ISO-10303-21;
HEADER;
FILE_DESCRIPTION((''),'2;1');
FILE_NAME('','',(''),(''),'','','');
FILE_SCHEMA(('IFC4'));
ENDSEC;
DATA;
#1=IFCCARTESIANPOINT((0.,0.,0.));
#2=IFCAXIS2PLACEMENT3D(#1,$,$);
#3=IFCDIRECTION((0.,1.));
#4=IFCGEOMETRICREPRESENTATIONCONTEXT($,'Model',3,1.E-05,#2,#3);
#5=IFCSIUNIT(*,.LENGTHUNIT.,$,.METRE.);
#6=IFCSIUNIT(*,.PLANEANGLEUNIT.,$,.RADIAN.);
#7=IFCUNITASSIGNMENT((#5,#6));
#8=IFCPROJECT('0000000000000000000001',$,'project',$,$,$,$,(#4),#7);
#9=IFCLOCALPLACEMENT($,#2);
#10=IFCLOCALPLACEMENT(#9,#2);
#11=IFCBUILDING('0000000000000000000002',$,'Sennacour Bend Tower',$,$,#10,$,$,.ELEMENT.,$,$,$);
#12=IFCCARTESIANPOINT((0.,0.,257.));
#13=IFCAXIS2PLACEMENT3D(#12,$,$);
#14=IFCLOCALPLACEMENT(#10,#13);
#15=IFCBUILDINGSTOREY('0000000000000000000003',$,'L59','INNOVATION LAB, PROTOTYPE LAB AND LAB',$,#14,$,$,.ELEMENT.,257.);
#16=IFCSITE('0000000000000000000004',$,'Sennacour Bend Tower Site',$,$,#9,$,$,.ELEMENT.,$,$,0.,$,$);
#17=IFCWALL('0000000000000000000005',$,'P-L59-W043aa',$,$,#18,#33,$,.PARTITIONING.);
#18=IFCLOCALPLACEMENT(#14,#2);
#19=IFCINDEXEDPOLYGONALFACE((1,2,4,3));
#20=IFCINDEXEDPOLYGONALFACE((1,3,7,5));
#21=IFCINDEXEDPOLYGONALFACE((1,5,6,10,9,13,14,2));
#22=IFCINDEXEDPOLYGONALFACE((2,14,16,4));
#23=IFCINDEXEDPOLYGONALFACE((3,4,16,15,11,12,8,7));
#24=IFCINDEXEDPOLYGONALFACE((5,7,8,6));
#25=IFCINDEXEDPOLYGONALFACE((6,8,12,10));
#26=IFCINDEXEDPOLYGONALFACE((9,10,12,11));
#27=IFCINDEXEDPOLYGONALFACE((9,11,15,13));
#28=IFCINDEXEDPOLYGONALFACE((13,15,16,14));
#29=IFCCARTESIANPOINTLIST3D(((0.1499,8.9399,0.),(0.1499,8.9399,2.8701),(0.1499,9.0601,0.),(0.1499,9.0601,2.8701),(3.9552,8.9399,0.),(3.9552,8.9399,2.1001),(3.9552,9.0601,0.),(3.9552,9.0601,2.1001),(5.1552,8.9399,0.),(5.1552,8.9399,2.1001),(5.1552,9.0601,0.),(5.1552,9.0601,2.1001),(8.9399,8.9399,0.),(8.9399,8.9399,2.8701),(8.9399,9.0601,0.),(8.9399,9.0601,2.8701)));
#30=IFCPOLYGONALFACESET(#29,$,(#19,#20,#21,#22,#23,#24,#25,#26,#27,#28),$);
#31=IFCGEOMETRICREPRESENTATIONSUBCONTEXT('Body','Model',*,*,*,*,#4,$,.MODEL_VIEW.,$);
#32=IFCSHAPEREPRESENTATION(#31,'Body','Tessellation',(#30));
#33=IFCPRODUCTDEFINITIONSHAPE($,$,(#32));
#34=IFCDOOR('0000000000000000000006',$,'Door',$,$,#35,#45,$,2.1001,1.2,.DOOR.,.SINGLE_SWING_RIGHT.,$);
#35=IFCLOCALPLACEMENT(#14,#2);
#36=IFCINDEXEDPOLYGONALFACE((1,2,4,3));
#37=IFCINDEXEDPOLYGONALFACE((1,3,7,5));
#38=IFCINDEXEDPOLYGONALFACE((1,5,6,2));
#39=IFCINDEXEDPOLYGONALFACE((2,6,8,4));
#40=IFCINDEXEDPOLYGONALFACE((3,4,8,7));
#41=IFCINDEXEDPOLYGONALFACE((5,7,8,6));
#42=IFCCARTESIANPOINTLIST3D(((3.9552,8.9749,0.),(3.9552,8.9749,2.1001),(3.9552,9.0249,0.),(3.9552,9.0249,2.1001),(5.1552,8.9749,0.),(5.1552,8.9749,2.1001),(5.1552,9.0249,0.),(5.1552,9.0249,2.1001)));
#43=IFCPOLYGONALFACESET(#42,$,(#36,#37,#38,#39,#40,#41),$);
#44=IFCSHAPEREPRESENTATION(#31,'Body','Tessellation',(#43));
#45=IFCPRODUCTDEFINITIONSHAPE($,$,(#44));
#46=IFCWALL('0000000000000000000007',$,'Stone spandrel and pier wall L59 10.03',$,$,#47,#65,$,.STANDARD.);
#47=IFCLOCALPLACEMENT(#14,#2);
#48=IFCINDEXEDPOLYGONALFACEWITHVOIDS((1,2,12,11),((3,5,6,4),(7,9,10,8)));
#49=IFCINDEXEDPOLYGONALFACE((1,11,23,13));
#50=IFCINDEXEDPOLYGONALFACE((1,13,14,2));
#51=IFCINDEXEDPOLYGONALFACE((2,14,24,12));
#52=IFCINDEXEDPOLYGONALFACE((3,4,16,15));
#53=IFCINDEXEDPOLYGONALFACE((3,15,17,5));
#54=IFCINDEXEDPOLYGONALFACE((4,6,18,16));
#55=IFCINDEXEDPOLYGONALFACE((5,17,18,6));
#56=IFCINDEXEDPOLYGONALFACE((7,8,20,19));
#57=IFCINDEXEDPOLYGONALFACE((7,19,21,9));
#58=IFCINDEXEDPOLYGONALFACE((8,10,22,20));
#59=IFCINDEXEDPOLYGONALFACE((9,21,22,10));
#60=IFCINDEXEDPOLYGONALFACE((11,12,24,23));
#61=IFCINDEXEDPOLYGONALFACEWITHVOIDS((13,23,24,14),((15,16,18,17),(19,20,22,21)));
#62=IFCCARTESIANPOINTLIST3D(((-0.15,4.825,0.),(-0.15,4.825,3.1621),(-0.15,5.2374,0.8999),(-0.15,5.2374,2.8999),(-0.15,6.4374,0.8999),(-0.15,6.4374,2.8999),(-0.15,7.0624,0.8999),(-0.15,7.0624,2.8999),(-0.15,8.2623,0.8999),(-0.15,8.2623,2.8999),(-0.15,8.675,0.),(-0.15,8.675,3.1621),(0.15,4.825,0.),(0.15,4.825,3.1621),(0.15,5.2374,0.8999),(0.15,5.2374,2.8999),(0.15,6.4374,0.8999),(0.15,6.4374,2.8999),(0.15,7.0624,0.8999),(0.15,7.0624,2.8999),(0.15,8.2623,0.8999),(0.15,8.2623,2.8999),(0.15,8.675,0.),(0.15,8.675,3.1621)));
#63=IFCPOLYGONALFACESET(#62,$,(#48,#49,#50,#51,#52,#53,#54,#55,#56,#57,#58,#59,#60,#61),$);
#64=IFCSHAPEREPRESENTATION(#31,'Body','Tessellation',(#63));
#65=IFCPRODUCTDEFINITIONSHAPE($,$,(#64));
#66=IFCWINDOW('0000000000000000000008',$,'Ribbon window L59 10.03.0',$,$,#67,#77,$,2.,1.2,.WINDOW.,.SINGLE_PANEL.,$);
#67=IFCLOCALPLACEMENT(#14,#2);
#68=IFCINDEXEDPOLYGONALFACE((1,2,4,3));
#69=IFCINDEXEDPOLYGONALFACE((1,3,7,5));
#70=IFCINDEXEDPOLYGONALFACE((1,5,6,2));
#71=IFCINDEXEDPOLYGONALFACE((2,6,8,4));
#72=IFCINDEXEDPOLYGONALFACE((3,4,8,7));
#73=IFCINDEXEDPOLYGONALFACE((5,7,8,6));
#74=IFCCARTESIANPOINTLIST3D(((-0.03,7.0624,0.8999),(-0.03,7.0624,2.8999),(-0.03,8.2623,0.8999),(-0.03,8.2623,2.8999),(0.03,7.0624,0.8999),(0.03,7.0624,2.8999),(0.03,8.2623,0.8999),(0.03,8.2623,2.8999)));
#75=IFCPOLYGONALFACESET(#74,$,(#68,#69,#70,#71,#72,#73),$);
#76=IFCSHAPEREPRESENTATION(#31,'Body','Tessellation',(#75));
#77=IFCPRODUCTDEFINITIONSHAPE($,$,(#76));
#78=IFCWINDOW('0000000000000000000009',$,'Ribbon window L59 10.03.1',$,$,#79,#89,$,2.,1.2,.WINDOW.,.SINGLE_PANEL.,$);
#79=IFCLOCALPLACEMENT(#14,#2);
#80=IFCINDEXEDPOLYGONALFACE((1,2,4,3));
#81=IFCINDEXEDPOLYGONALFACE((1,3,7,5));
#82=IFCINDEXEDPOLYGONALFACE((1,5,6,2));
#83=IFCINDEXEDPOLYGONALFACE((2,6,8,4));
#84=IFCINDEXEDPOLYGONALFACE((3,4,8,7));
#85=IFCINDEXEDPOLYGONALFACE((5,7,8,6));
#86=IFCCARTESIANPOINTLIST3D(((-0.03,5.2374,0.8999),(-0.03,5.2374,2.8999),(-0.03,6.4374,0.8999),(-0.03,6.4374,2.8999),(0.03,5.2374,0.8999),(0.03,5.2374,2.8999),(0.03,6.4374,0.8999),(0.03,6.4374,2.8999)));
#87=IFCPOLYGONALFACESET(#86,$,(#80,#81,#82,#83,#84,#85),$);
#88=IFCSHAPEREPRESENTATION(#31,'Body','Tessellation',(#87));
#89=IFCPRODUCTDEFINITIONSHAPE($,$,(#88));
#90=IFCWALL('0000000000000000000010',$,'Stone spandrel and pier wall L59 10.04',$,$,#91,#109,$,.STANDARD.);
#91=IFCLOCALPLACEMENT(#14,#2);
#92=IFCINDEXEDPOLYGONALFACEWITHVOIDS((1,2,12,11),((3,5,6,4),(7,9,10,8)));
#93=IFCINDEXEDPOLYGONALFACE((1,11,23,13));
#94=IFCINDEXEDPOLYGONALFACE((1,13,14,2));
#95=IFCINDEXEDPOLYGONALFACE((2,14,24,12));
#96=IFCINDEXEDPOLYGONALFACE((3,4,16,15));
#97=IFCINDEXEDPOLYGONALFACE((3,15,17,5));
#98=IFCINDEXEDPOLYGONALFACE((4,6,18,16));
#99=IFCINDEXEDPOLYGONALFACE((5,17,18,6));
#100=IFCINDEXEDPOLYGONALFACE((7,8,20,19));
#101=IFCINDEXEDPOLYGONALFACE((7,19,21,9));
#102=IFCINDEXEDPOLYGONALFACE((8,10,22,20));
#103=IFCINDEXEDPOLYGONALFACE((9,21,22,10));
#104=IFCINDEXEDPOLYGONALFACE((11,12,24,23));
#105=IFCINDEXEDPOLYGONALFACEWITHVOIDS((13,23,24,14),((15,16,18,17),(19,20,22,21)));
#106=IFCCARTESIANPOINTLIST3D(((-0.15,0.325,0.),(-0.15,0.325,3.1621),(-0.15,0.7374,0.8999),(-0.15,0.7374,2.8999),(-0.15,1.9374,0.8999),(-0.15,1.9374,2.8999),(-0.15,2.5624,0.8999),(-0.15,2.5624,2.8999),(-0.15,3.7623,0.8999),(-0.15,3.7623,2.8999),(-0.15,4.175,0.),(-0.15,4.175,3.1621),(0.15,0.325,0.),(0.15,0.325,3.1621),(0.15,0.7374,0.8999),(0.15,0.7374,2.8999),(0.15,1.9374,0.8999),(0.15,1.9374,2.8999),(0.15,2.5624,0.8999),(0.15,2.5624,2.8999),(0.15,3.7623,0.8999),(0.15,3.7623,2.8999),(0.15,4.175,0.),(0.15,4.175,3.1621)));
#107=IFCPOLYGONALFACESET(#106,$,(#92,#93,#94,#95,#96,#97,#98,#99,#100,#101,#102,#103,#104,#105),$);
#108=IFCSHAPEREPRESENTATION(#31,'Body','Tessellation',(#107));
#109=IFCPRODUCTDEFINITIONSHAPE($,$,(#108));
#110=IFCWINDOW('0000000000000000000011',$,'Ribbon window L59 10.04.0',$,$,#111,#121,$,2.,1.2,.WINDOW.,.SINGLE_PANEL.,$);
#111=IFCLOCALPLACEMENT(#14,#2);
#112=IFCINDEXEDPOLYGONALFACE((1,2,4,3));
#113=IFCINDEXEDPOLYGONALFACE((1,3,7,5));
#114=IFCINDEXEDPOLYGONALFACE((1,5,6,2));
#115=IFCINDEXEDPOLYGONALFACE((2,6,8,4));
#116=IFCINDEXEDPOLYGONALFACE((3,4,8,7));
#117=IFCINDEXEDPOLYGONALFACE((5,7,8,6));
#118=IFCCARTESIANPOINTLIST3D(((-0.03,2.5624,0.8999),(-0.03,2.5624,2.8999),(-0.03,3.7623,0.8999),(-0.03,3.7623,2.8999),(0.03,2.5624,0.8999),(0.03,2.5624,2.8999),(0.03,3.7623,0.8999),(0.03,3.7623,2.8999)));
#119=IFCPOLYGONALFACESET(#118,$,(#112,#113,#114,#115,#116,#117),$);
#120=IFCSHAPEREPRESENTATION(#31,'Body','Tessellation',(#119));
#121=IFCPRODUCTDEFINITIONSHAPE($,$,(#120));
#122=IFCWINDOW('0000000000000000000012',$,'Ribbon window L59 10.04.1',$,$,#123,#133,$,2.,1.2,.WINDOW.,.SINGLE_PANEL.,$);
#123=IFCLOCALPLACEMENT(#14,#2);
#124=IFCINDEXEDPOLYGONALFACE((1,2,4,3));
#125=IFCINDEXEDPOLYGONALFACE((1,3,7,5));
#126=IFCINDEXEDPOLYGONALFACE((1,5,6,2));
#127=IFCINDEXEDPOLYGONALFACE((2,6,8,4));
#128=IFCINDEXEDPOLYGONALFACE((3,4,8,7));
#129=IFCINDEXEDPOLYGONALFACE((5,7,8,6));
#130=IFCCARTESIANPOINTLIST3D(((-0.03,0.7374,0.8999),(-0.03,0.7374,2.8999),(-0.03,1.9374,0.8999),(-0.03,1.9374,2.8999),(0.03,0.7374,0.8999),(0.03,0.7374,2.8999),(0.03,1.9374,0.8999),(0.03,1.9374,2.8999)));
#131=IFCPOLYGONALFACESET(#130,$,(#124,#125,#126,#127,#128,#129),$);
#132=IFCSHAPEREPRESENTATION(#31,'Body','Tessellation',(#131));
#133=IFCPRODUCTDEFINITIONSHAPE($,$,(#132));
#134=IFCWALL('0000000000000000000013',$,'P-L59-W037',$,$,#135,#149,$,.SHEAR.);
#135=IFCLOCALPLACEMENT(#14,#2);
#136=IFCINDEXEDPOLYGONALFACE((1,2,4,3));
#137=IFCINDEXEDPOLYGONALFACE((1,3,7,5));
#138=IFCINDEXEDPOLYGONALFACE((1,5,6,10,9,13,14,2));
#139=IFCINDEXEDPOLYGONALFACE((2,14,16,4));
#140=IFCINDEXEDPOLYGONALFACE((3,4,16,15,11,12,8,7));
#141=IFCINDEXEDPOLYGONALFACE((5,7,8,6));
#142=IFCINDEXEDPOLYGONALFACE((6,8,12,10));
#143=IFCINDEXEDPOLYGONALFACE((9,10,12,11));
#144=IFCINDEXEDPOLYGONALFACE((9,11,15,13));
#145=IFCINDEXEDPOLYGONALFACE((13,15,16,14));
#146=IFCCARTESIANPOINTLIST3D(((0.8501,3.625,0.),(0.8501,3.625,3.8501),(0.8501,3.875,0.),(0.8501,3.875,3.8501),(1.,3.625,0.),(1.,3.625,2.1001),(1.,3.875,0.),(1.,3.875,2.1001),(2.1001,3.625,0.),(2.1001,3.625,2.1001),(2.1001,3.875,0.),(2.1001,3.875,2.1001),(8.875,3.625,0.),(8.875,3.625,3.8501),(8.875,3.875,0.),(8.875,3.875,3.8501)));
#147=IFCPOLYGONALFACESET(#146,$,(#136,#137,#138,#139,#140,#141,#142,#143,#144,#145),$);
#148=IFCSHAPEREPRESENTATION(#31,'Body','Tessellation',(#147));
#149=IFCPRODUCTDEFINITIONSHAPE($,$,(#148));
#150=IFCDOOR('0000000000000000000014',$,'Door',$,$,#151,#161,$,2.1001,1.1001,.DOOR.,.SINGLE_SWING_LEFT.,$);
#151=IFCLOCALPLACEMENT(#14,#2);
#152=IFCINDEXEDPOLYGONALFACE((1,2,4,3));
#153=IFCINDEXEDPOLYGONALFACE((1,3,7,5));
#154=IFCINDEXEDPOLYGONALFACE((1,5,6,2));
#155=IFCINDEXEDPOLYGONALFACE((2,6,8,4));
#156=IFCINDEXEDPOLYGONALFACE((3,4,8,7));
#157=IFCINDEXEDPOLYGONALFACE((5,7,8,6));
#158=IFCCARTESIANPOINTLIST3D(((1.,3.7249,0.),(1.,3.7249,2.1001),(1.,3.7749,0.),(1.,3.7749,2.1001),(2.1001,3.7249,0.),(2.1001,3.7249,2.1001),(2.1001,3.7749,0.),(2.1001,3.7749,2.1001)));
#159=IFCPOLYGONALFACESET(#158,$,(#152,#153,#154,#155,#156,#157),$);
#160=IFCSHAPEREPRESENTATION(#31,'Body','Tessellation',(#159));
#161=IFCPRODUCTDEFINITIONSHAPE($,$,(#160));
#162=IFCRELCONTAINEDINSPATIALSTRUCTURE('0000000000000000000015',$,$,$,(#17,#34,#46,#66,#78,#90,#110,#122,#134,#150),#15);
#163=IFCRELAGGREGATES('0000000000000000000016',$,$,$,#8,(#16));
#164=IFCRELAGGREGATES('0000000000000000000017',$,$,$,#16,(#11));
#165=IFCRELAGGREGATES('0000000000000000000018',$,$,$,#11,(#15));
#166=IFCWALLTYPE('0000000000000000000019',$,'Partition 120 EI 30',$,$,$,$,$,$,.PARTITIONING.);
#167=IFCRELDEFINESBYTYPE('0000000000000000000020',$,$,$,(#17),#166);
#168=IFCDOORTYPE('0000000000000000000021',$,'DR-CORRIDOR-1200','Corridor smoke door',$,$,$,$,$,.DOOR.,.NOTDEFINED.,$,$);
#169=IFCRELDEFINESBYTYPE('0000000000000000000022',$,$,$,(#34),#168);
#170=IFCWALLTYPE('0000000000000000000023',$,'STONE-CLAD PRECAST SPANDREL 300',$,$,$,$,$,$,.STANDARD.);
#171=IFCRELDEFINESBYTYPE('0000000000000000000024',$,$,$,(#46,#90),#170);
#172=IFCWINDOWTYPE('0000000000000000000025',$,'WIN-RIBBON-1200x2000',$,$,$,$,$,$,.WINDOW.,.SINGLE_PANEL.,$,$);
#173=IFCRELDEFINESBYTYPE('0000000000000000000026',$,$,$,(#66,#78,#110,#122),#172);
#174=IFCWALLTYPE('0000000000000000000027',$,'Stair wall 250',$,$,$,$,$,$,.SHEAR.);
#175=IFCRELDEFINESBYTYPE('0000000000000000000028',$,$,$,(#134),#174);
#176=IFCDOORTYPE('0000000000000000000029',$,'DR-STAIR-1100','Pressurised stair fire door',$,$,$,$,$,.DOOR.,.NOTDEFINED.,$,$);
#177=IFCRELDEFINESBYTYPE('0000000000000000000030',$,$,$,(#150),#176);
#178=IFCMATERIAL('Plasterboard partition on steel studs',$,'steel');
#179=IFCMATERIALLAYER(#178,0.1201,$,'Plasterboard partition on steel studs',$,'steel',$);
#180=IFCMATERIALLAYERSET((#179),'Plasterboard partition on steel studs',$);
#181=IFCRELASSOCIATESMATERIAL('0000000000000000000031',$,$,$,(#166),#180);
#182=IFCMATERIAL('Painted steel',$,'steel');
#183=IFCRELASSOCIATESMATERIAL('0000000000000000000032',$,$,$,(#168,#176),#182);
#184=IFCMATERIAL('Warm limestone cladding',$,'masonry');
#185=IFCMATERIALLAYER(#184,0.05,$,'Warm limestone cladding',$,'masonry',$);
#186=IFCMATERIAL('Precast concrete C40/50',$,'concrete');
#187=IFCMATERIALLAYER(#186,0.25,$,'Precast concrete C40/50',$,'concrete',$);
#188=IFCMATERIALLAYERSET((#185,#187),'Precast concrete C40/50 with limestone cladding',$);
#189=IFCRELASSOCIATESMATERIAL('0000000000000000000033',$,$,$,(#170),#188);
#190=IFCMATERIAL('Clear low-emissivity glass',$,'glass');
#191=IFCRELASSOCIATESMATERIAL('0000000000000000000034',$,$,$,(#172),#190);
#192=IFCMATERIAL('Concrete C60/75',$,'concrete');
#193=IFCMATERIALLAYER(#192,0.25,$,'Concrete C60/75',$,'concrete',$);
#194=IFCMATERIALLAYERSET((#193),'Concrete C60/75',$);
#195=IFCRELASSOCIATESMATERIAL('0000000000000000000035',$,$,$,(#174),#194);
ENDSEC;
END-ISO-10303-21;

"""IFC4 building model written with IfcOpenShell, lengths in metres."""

from ifc_helpers import new_model, si_unit, direction, frame, frame_2d, origin, place, context, subcontext, project, spatial, rectangle, extrude, material, layer, layer_set, type_object, element, fill, save


model = new_model("IFC4")

# Units and contexts
model_context = context("Model", 3, precision=1e-05, world=origin(), true_north=direction((0.0, 1.0)))
body_context = subcontext(model_context, "Body", "Model", "MODEL_VIEW")
ifc_project = project(units=[si_unit("LENGTHUNIT", "METRE"), si_unit("PLANEANGLEUNIT", "RADIAN")], contexts=[model_context])

# Site, building, storey
site_placement = place(None, origin())
site = spatial("IfcSite", under=ifc_project, at=site_placement, Name="Sennacour Bend Tower Site", CompositionType="ELEMENT", RefElevation=0.0)
building_placement = place(site_placement, origin())
building = spatial("IfcBuilding", under=site, at=building_placement, Name="Sennacour Bend Tower", CompositionType="ELEMENT")
storey_placement = place(building_placement, frame((0.0, 0.0, 257.0)))
storey = spatial("IfcBuildingStorey", under=building, at=storey_placement, Name="L59", Description="INNOVATION LAB, PROTOTYPE LAB AND LAB", CompositionType="ELEMENT", Elevation=257.0)

# Shared definitions
ifc_material_1 = material(Name="Plasterboard partition on steel studs", Category="steel")

# Wall, opening, door
ifc_layer_1 = layer(ifc_material_1, 0.1201, Name="Plasterboard partition on steel studs", Category="steel")
ifc_layer_set_1 = layer_set([ifc_layer_1], Name="Plasterboard partition on steel studs")
wall_type_1 = type_object("IfcWallType", Name="Partition 120 EI 30", PredefinedType="PARTITIONING", material=ifc_layer_set_1)
wall_1_placement = place(storey_placement, frame((0.1499, 9.0, 0.0), z_axis=(0.0, 0.0, 1.0), x_axis=(1.0, 0.0, 0.0)))
wall_1 = element("IfcWall", 1, at=wall_1_placement, inside=storey, type_object=wall_type_1, Name="P-L59-W043aa", PredefinedType="PARTITIONING", context=body_context, shape_type="SweptSolid", body=[
    extrude(rectangle(XDim=8.79, YDim=0.1201, at=frame_2d((4.395, 0.0))), origin(), (0.0, 0.0, 1.0), 2.8701),
])
opening_1_placement = place(wall_1_placement, frame((3.8052, 0.0, 0.0)))
opening_1 = element("IfcOpeningElement", 2, at=opening_1_placement, cuts=wall_1, PredefinedType="OPENING", context=body_context, shape_type="SweptSolid", body=[
    extrude(rectangle(XDim=1.2, YDim=2.1001, at=frame_2d((0.6001, 1.05))), frame((0.0, 0.0701, 0.0), z_axis=(0.0, -1.0, 0.0), x_axis=(1.0, 0.0, 0.0)), (0.0, 0.0, 1.0), 0.1401),
])
ifc_material_2 = material(Name="Painted steel", Category="steel")
door_type_1 = type_object("IfcDoorType", Name="DR-CORRIDOR-1200", Description="Corridor smoke door", OperationType="NOTDEFINED", PredefinedType="DOOR", material=ifc_material_2)
door_1_placement = place(opening_1_placement, origin())
door_1 = element("IfcDoor", 3, at=door_1_placement, inside=storey, type_object=door_type_1, Name="Door", OperationType="SINGLE_SWING_RIGHT", OverallHeight=2.1001, OverallWidth=1.2, PredefinedType="DOOR", context=body_context, shape_type="SweptSolid", body=[
    extrude(rectangle(XDim=1.2, YDim=2.1001, at=frame_2d((0.6001, 1.05))), frame((0.0, 0.0249, 0.0), z_axis=(0.0, -1.0, 0.0), x_axis=(1.0, 0.0, 0.0)), (0.0, 0.0, 1.0), 0.05),
])
fill(opening_1, door_1)

# Walls, openings, windows
ifc_material_3 = material(Name="Warm limestone cladding", Category="masonry")
ifc_layer_2 = layer(ifc_material_3, 0.05, Name="Warm limestone cladding", Category="masonry")
ifc_material_4 = material(Name="Precast concrete C40/50", Category="concrete")
ifc_layer_3 = layer(ifc_material_4, 0.25, Name="Precast concrete C40/50", Category="concrete")
ifc_layer_set_2 = layer_set([ifc_layer_2, ifc_layer_3], Name="Precast concrete C40/50 with limestone cladding")
wall_type_2 = type_object("IfcWallType", Name="STONE-CLAD PRECAST SPANDREL 300", PredefinedType="STANDARD", material=ifc_layer_set_2)
wall_2_placement = place(storey_placement, frame((0.0, 8.675, 0.0), z_axis=(0.0, 0.0, 1.0), x_axis=(0.0, -1.0, 0.0)))
wall_2 = element("IfcWall", 4, at=wall_2_placement, inside=storey, type_object=wall_type_2, Name="Stone spandrel and pier wall L59 10.03", PredefinedType="STANDARD", context=body_context, shape_type="SweptSolid", body=[
    extrude(rectangle(XDim=3.8501, YDim=0.3, at=frame_2d((1.925, 0.0))), origin(), (0.0, 0.0, 1.0), 3.1621),
])
opening_2_placement = place(wall_2_placement, frame((0.4126, 0.0, 0.8999)))
opening_2 = element("IfcOpeningElement", 5, at=opening_2_placement, cuts=wall_2, PredefinedType="OPENING", context=body_context, shape_type="SweptSolid", body=[
    extrude(rectangle(XDim=1.2, YDim=2.0, at=frame_2d((0.6001, 1.0))), frame((0.0, 0.1602, 0.0), z_axis=(0.0, -1.0, 0.0), x_axis=(1.0, 0.0, 0.0)), (0.0, 0.0, 1.0), 0.3201),
])
opening_3_placement = place(wall_2_placement, frame((2.2375, 0.0, 0.8999)))
opening_3 = element("IfcOpeningElement", 6, at=opening_3_placement, cuts=wall_2, PredefinedType="OPENING", context=body_context, shape_type="SweptSolid", body=[
    extrude(rectangle(XDim=1.2, YDim=2.0, at=frame_2d((0.6001, 1.0))), frame((0.0, 0.1602, 0.0), z_axis=(0.0, -1.0, 0.0), x_axis=(1.0, 0.0, 0.0)), (0.0, 0.0, 1.0), 0.3201),
])
ifc_material_5 = material(Name="Clear low-emissivity glass", Category="glass")
window_type = type_object("IfcWindowType", Name="WIN-RIBBON-1200x2000", PartitioningType="SINGLE_PANEL", PredefinedType="WINDOW", material=ifc_material_5)
window_1_placement = place(opening_2_placement, origin())
window_1 = element("IfcWindow", 7, at=window_1_placement, inside=storey, type_object=window_type, Name="Ribbon window L59 10.03.0", OverallHeight=2.0, OverallWidth=1.2, PartitioningType="SINGLE_PANEL", PredefinedType="WINDOW", context=body_context, shape_type="SweptSolid", body=[
    extrude(rectangle(XDim=1.2, YDim=2.0, at=frame_2d((0.6001, 1.0))), frame((0.0, 0.03, 0.0), z_axis=(0.0, -1.0, 0.0), x_axis=(1.0, 0.0, 0.0)), (0.0, 0.0, 1.0), 0.0601),
])
fill(opening_2, window_1)
window_2_placement = place(opening_3_placement, origin())
window_2 = element("IfcWindow", 8, at=window_2_placement, inside=storey, type_object=window_type, Name="Ribbon window L59 10.03.1", OverallHeight=2.0, OverallWidth=1.2, PartitioningType="SINGLE_PANEL", PredefinedType="WINDOW", context=body_context, shape_type="SweptSolid", body=[
    extrude(rectangle(XDim=1.2, YDim=2.0, at=frame_2d((0.6001, 1.0))), frame((0.0, 0.03, 0.0), z_axis=(0.0, -1.0, 0.0), x_axis=(1.0, 0.0, 0.0)), (0.0, 0.0, 1.0), 0.0601),
])
fill(opening_3, window_2)
wall_3_placement = place(storey_placement, frame((0.0, 4.175, 0.0), z_axis=(0.0, 0.0, 1.0), x_axis=(0.0, -1.0, 0.0)))
wall_3 = element("IfcWall", 9, at=wall_3_placement, inside=storey, type_object=wall_type_2, Name="Stone spandrel and pier wall L59 10.04", PredefinedType="STANDARD", context=body_context, shape_type="SweptSolid", body=[
    extrude(rectangle(XDim=3.8501, YDim=0.3, at=frame_2d((1.925, 0.0))), origin(), (0.0, 0.0, 1.0), 3.1621),
])
opening_4_placement = place(wall_3_placement, frame((0.4126, 0.0, 0.8999)))
opening_4 = element("IfcOpeningElement", 10, at=opening_4_placement, cuts=wall_3, PredefinedType="OPENING", context=body_context, shape_type="SweptSolid", body=[
    extrude(rectangle(XDim=1.2, YDim=2.0, at=frame_2d((0.6001, 1.0))), frame((0.0, 0.1602, 0.0), z_axis=(0.0, -1.0, 0.0), x_axis=(1.0, 0.0, 0.0)), (0.0, 0.0, 1.0), 0.3201),
])
opening_5_placement = place(wall_3_placement, frame((2.2375, 0.0, 0.8999)))
opening_5 = element("IfcOpeningElement", 11, at=opening_5_placement, cuts=wall_3, PredefinedType="OPENING", context=body_context, shape_type="SweptSolid", body=[
    extrude(rectangle(XDim=1.2, YDim=2.0, at=frame_2d((0.6001, 1.0))), frame((0.0, 0.1602, 0.0), z_axis=(0.0, -1.0, 0.0), x_axis=(1.0, 0.0, 0.0)), (0.0, 0.0, 1.0), 0.3201),
])
window_3_placement = place(opening_4_placement, origin())
window_3 = element("IfcWindow", 12, at=window_3_placement, inside=storey, type_object=window_type, Name="Ribbon window L59 10.04.0", OverallHeight=2.0, OverallWidth=1.2, PartitioningType="SINGLE_PANEL", PredefinedType="WINDOW", context=body_context, shape_type="SweptSolid", body=[
    extrude(rectangle(XDim=1.2, YDim=2.0, at=frame_2d((0.6001, 1.0))), frame((0.0, 0.03, 0.0), z_axis=(0.0, -1.0, 0.0), x_axis=(1.0, 0.0, 0.0)), (0.0, 0.0, 1.0), 0.0601),
])
fill(opening_4, window_3)
window_4_placement = place(opening_5_placement, origin())
window_4 = element("IfcWindow", 13, at=window_4_placement, inside=storey, type_object=window_type, Name="Ribbon window L59 10.04.1", OverallHeight=2.0, OverallWidth=1.2, PartitioningType="SINGLE_PANEL", PredefinedType="WINDOW", context=body_context, shape_type="SweptSolid", body=[
    extrude(rectangle(XDim=1.2, YDim=2.0, at=frame_2d((0.6001, 1.0))), frame((0.0, 0.03, 0.0), z_axis=(0.0, -1.0, 0.0), x_axis=(1.0, 0.0, 0.0)), (0.0, 0.0, 1.0), 0.0601),
])
fill(opening_5, window_4)

# Wall, opening, door
ifc_material_6 = material(Name="Concrete C60/75", Category="concrete")
ifc_layer_4 = layer(ifc_material_6, 0.25, Name="Concrete C60/75", Category="concrete")
ifc_layer_set_3 = layer_set([ifc_layer_4], Name="Concrete C60/75")
wall_type_3 = type_object("IfcWallType", Name="Stair wall 250", PredefinedType="SHEAR", material=ifc_layer_set_3)
wall_4_placement = place(storey_placement, frame((0.8501, 3.75, 0.0), z_axis=(0.0, 0.0, 1.0), x_axis=(1.0, 0.0, 0.0)))
wall_4 = element("IfcWall", 14, at=wall_4_placement, inside=storey, type_object=wall_type_3, Name="P-L59-W037", PredefinedType="SHEAR", context=body_context, shape_type="SweptSolid", body=[
    extrude(rectangle(XDim=8.0249, YDim=0.25, at=frame_2d((4.0125, 0.0))), origin(), (0.0, 0.0, 1.0), 3.8501),
])
opening_6_placement = place(wall_4_placement, frame((0.1499, 0.0, 0.0)))
opening_6 = element("IfcOpeningElement", 15, at=opening_6_placement, cuts=wall_4, PredefinedType="OPENING", context=body_context, shape_type="SweptSolid", body=[
    extrude(rectangle(XDim=1.1001, YDim=2.1001, at=frame_2d((0.55, 1.05))), frame((0.0, 0.135, 0.0), z_axis=(0.0, -1.0, 0.0), x_axis=(1.0, 0.0, 0.0)), (0.0, 0.0, 1.0), 0.27),
])
door_type_2 = type_object("IfcDoorType", Name="DR-STAIR-1100", Description="Pressurised stair fire door", OperationType="NOTDEFINED", PredefinedType="DOOR", material=ifc_material_2)
door_2_placement = place(opening_6_placement, origin())
door_2 = element("IfcDoor", 16, at=door_2_placement, inside=storey, type_object=door_type_2, Name="Door", OperationType="SINGLE_SWING_LEFT", OverallHeight=2.1001, OverallWidth=1.1001, PredefinedType="DOOR", context=body_context, shape_type="SweptSolid", body=[
    extrude(rectangle(XDim=1.1001, YDim=2.1001, at=frame_2d((0.55, 1.05))), frame((0.0, 0.0249, 0.0), z_axis=(0.0, -1.0, 0.0), x_axis=(1.0, 0.0, 0.0)), (0.0, 0.0, 1.0), 0.05),
])
fill(opening_6, door_2)

save(model, "model.ifc")
